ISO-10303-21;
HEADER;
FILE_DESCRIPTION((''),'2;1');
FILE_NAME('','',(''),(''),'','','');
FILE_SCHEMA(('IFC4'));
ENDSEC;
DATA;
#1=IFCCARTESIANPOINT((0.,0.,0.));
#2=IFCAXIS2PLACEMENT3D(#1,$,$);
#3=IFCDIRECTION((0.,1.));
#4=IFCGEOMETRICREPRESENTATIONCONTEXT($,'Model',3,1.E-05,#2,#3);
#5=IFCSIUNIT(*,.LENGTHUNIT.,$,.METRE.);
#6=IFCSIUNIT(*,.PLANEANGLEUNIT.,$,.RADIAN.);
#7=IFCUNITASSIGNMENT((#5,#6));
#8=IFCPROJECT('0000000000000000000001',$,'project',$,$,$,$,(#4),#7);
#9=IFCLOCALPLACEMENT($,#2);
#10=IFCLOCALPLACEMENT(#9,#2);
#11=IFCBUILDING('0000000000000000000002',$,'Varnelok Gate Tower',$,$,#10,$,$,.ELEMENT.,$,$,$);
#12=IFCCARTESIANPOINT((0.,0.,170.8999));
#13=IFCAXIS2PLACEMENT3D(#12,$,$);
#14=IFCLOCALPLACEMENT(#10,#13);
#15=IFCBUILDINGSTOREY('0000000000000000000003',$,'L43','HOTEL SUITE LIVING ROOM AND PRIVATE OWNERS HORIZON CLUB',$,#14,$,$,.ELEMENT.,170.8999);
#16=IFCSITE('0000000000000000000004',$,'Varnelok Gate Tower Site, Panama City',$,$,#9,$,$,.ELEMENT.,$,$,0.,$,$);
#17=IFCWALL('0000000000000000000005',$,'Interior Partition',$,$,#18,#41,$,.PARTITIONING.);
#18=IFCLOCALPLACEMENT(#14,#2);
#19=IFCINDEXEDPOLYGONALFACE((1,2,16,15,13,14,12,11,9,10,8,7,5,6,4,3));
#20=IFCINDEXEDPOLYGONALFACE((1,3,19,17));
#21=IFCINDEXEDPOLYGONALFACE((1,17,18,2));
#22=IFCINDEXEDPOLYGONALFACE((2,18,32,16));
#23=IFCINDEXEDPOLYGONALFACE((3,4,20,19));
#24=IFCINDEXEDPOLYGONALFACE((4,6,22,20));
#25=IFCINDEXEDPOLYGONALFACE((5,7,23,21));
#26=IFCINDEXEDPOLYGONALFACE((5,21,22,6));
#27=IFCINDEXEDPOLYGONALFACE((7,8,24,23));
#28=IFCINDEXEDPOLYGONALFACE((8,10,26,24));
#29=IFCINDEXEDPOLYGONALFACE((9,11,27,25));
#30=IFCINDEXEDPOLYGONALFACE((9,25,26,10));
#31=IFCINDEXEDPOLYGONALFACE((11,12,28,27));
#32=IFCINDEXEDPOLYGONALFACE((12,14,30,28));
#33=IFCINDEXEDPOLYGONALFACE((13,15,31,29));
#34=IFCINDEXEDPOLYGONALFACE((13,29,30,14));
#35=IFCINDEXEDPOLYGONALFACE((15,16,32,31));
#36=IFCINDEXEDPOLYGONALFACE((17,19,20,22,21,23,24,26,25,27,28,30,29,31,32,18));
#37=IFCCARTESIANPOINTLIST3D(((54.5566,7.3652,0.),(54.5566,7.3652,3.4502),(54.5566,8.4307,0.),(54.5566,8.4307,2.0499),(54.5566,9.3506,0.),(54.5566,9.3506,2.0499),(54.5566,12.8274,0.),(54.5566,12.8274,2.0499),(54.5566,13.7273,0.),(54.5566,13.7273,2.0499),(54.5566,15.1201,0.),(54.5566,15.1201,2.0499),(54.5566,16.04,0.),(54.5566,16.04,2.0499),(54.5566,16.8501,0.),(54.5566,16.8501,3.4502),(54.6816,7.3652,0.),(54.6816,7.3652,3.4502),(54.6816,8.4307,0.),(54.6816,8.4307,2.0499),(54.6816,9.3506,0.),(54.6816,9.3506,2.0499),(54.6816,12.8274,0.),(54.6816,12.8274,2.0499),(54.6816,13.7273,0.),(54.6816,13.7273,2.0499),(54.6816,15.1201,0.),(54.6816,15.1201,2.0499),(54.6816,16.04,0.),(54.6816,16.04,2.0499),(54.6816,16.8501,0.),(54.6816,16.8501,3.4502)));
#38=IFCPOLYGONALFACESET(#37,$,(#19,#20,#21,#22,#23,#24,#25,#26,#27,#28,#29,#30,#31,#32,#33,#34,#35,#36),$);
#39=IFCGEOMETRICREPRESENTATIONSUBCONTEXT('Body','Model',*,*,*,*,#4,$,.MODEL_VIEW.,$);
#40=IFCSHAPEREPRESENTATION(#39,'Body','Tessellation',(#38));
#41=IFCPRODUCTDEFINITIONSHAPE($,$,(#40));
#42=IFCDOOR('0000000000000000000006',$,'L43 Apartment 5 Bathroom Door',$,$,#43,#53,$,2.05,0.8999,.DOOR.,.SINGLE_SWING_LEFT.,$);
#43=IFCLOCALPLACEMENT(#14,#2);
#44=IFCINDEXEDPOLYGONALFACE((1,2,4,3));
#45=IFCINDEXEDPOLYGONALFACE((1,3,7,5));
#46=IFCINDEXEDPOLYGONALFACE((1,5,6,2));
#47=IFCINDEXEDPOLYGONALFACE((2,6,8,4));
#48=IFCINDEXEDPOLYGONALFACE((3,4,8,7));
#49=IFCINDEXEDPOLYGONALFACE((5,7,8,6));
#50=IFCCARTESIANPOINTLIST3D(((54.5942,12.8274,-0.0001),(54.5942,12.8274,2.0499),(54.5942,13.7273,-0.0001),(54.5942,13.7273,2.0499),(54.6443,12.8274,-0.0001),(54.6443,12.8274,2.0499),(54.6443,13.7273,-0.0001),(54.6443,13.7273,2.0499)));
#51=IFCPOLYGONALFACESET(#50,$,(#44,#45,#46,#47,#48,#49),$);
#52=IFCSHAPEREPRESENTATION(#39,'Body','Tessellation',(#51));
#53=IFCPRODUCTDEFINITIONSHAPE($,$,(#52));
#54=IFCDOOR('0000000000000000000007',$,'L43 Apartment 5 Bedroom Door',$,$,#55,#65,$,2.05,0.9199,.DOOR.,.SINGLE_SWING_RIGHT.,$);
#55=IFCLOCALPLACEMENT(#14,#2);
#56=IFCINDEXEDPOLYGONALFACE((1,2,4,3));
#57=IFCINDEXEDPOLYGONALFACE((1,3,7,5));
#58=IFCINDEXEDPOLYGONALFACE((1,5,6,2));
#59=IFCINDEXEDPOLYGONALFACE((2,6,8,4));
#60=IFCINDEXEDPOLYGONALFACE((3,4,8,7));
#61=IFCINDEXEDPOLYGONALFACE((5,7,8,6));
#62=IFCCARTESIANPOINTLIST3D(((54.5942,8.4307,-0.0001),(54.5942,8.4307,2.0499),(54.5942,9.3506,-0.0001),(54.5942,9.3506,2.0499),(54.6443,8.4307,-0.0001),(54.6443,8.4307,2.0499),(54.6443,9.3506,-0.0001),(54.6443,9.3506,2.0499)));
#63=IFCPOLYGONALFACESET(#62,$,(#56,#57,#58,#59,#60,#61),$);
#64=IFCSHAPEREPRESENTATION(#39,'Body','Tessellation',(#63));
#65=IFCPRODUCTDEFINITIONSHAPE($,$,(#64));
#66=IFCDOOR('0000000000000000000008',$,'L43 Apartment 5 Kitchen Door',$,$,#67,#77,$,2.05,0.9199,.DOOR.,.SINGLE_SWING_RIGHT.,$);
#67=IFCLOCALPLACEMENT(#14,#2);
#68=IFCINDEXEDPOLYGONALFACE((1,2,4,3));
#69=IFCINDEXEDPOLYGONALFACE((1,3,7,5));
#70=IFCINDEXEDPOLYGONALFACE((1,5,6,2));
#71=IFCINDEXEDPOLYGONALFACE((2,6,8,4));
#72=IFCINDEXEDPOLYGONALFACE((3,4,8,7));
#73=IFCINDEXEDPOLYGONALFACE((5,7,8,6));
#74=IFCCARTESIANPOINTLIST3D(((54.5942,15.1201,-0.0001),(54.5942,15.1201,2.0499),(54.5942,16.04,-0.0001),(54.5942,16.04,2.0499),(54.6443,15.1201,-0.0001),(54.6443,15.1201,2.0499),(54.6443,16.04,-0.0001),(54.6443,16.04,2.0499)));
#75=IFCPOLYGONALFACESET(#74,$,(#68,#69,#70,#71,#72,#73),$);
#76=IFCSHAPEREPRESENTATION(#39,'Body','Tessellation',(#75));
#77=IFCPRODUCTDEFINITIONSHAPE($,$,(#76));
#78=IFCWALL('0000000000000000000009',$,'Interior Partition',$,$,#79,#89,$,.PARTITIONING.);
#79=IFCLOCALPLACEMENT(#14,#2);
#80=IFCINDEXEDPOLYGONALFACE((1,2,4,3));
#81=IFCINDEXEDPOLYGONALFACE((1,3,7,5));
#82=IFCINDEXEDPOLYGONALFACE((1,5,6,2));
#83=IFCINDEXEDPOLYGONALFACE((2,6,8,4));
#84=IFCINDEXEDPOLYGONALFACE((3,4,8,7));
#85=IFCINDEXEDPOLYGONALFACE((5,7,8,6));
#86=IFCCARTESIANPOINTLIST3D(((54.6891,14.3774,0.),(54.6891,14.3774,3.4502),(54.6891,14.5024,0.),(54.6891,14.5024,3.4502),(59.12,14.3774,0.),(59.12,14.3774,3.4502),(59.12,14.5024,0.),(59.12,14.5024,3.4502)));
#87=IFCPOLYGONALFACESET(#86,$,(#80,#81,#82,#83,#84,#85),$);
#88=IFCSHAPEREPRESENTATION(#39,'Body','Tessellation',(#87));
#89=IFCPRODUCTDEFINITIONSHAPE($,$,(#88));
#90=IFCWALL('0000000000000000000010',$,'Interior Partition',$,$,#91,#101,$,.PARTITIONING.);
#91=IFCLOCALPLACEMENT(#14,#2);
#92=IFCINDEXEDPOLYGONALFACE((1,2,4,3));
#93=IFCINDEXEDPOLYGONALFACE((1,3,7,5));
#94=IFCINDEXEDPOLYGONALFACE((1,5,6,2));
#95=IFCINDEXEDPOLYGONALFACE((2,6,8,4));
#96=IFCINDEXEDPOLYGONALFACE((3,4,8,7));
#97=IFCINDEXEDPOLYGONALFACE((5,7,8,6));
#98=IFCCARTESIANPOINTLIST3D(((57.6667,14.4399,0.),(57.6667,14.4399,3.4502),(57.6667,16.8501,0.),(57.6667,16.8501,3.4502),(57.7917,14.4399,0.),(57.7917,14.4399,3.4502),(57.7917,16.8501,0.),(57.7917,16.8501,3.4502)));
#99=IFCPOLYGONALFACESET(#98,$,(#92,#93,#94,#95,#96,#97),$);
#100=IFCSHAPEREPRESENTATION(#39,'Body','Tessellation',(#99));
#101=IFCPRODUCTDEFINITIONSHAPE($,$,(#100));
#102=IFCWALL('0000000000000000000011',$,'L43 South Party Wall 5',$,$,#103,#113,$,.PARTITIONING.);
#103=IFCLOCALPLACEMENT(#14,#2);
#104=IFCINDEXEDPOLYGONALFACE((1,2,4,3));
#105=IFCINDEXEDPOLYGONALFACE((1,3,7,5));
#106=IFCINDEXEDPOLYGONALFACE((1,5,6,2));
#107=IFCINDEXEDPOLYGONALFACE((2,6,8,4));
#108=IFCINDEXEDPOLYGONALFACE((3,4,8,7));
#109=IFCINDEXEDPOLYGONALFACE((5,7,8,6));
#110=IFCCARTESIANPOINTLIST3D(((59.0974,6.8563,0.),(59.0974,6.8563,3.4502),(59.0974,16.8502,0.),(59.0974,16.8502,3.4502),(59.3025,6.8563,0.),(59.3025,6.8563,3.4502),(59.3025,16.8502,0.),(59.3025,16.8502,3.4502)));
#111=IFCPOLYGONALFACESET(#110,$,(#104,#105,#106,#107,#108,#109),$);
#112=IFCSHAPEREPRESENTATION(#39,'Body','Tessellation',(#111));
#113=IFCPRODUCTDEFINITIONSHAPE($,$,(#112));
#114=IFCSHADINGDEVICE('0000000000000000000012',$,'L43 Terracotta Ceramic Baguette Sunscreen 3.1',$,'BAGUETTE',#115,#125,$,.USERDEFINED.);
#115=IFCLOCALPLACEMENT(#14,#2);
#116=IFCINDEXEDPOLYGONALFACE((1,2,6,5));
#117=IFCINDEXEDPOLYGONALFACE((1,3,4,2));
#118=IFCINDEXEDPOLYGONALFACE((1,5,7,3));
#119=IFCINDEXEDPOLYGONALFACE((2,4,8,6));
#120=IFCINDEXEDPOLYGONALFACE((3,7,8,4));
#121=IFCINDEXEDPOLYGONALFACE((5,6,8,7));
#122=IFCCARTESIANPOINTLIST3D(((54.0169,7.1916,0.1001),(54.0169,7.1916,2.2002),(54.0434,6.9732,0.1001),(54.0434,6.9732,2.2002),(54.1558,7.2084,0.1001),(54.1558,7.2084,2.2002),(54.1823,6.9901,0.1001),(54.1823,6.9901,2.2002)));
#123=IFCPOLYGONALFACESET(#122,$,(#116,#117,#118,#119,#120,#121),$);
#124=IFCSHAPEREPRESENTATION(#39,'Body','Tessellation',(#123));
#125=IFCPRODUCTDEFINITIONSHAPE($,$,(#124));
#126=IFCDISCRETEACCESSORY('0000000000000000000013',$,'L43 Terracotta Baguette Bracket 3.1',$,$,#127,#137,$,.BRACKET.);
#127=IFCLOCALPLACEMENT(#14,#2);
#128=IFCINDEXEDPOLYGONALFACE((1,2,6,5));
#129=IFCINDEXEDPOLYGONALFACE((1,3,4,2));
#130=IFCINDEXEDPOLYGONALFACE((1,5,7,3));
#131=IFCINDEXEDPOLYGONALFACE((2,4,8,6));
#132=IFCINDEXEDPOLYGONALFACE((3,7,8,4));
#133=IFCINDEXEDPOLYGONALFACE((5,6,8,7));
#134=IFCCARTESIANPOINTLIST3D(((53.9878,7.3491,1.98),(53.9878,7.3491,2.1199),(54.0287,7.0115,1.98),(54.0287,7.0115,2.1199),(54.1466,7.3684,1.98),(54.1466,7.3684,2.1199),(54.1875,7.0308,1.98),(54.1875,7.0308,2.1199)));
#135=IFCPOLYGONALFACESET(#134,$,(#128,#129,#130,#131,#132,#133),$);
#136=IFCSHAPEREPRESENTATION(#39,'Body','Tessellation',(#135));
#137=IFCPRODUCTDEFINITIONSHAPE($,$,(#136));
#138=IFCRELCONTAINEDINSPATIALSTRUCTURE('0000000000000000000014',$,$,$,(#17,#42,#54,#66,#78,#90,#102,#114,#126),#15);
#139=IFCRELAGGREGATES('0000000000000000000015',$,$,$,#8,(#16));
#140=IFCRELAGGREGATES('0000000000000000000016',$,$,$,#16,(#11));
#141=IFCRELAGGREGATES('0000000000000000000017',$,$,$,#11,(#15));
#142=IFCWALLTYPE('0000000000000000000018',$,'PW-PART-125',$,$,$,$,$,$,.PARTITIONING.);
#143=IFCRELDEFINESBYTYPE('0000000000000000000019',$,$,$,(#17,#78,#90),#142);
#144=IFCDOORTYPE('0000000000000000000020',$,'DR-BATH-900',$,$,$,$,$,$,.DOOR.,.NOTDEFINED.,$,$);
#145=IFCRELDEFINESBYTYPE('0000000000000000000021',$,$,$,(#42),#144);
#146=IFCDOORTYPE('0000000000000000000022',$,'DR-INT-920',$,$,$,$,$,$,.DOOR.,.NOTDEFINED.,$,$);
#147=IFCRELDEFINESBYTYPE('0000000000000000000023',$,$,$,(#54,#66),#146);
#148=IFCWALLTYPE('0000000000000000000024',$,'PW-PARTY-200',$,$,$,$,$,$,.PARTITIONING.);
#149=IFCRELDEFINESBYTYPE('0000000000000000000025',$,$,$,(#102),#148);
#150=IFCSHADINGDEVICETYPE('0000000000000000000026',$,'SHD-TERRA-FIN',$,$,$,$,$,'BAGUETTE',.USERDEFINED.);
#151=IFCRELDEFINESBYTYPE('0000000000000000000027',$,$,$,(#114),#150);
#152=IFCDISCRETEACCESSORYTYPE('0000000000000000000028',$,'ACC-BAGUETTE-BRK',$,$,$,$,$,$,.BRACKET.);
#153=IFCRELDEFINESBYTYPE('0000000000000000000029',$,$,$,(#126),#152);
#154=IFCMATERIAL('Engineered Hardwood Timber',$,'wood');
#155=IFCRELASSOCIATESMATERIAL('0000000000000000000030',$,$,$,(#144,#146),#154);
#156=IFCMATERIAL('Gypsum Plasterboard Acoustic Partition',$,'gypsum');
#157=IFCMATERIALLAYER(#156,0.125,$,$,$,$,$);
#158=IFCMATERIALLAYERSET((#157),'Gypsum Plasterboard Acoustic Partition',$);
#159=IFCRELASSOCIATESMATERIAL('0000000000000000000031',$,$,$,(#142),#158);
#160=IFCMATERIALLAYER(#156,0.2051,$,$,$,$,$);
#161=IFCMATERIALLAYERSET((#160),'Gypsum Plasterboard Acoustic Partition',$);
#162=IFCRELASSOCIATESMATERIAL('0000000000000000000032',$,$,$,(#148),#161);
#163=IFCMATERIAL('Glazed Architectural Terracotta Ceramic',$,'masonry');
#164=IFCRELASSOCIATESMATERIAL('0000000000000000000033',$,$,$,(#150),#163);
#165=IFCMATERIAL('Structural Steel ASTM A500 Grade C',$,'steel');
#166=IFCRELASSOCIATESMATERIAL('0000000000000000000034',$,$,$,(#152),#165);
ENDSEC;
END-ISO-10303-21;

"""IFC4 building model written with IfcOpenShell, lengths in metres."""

from ifc_helpers import new_model, si_unit, direction, frame, frame_2d, origin, origin_2d, place, context, subcontext, project, spatial, rectangle, extrude, source, transform, mapped, material, layer, layer_set, type_object, element, fill, save


model = new_model("IFC4")

# Units and contexts
model_context = context("Model", 3, precision=1e-05, world=origin(), true_north=direction((0.0, 1.0)))
body_context = subcontext(model_context, "Body", "Model", "MODEL_VIEW")
ifc_project = project(units=[si_unit("LENGTHUNIT", "METRE"), si_unit("PLANEANGLEUNIT", "RADIAN")], contexts=[model_context])

# Site, building, storey
site_placement = place(None, origin())
site = spatial("IfcSite", under=ifc_project, at=site_placement, Name="Varnelok Gate Tower Site, Panama City", CompositionType="ELEMENT", RefElevation=0.0)
building_placement = place(site_placement, origin())
building = spatial("IfcBuilding", under=site, at=building_placement, Name="Varnelok Gate Tower", CompositionType="ELEMENT")
storey_placement = place(building_placement, frame((0.0, 0.0, 170.8999)))
storey = spatial("IfcBuildingStorey", under=building, at=storey_placement, Name="L43", Description="HOTEL SUITE LIVING ROOM AND PRIVATE OWNERS HORIZON CLUB", CompositionType="ELEMENT", Elevation=170.8999)

# Shared definitions
ifc_material_1 = material(Name="Gypsum Plasterboard Acoustic Partition", Category="gypsum")
ifc_material_2 = material(Name="Engineered Hardwood Timber", Category="wood")

# Shared definitions
door_type_1 = type_object("IfcDoorType", Name="DR-BATH-900", OperationType="NOTDEFINED", PredefinedType="DOOR", material=ifc_material_2)

# Wall, openings, doors
ifc_layer_1 = layer(ifc_material_1, 0.125)
ifc_layer_set_1 = layer_set([ifc_layer_1], Name="Gypsum Plasterboard Acoustic Partition")
wall_type_1 = type_object("IfcWallType", Name="PW-PART-125", PredefinedType="PARTITIONING", material=ifc_layer_set_1)
wall_1_placement = place(storey_placement, frame((54.6191, 7.3652, 0.0), z_axis=(0.0, 0.0, 1.0), x_axis=(0.0, 1.0, 0.0)))
wall_1 = element("IfcWall", 1, at=wall_1_placement, inside=storey, type_object=wall_type_1, Name="Interior Partition", PredefinedType="PARTITIONING", context=body_context, shape_type="SweptSolid", body=[
    extrude(rectangle(XDim=9.4849, YDim=0.125, at=frame_2d((4.7424, 0.0))), origin(), (0.0, 0.0, 1.0), 3.4502),
])
opening_1_placement = place(wall_1_placement, frame((1.0654, 0.0, 0.0)))
opening_1 = element("IfcOpeningElement", 2, at=opening_1_placement, cuts=wall_1, PredefinedType="OPENING", context=body_context, shape_type="SweptSolid", body=[
    extrude(rectangle(XDim=0.9199, YDim=2.05, at=frame_2d((0.46, 1.0249))), frame((0.0, 0.0725, 0.0), z_axis=(0.0, -1.0, 0.0), x_axis=(1.0, 0.0, 0.0)), (0.0, 0.0, 1.0), 0.145),
])
opening_2_placement = place(wall_1_placement, frame((5.4622, 0.0, 0.0)))
opening_2 = element("IfcOpeningElement", 3, at=opening_2_placement, cuts=wall_1, PredefinedType="OPENING", context=body_context, shape_type="SweptSolid", body=[
    extrude(rectangle(XDim=0.8999, YDim=2.05, at=frame_2d((0.45, 1.0249))), frame((0.0, 0.0725, 0.0), z_axis=(0.0, -1.0, 0.0), x_axis=(1.0, 0.0, 0.0)), (0.0, 0.0, 1.0), 0.145),
])
opening_3_placement = place(wall_1_placement, frame((7.7549, 0.0, 0.0)))
opening_3 = element("IfcOpeningElement", 4, at=opening_3_placement, cuts=wall_1, PredefinedType="OPENING", context=body_context, shape_type="SweptSolid", body=[
    extrude(rectangle(XDim=0.9199, YDim=2.05, at=frame_2d((0.46, 1.0249))), frame((0.0, 0.0725, 0.0), z_axis=(0.0, -1.0, 0.0), x_axis=(1.0, 0.0, 0.0)), (0.0, 0.0, 1.0), 0.145),
])
door_1_placement = place(opening_2_placement, origin())
door_1 = element("IfcDoor", 5, at=door_1_placement, inside=storey, type_object=door_type_1, Name="L43 Apartment 5 Bathroom Door", OperationType="SINGLE_SWING_LEFT", OverallHeight=2.05, OverallWidth=0.8999, PredefinedType="DOOR", context=body_context, shape_type="SweptSolid", body=[
    extrude(rectangle(XDim=0.8999, YDim=2.05, at=frame_2d((0.45, 1.0249))), frame((0.0, 0.0249, 0.0), z_axis=(0.0, -1.0, 0.0), x_axis=(1.0, 0.0, 0.0)), (0.0, 0.0, 1.0), 0.05),
])
fill(opening_2, door_1)
door_type_2 = type_object("IfcDoorType", Name="DR-INT-920", OperationType="NOTDEFINED", PredefinedType="DOOR", material=ifc_material_2)
door_2_placement = place(opening_1_placement, origin())
door_2 = element("IfcDoor", 6, at=door_2_placement, inside=storey, type_object=door_type_2, Name="L43 Apartment 5 Bedroom Door", OperationType="SINGLE_SWING_RIGHT", OverallHeight=2.05, OverallWidth=0.9199, PredefinedType="DOOR", context=body_context, shape_type="SweptSolid", body=[
    extrude(rectangle(XDim=0.9199, YDim=2.05, at=frame_2d((0.46, 1.0249))), frame((0.0, 0.0249, 0.0), z_axis=(0.0, -1.0, 0.0), x_axis=(1.0, 0.0, 0.0)), (0.0, 0.0, 1.0), 0.05),
])
fill(opening_1, door_2)
door_3_placement = place(opening_3_placement, origin())
door_3 = element("IfcDoor", 7, at=door_3_placement, inside=storey, type_object=door_type_2, Name="L43 Apartment 5 Kitchen Door", OperationType="SINGLE_SWING_RIGHT", OverallHeight=2.05, OverallWidth=0.9199, PredefinedType="DOOR", context=body_context, shape_type="SweptSolid", body=[
    extrude(rectangle(XDim=0.9199, YDim=2.05, at=frame_2d((0.46, 1.0249))), frame((0.0, 0.0249, 0.0), z_axis=(0.0, -1.0, 0.0), x_axis=(1.0, 0.0, 0.0)), (0.0, 0.0, 1.0), 0.05),
])
fill(opening_3, door_3)

# Walls
wall_2_placement = place(storey_placement, frame((54.6892, 14.4399, 0.0), z_axis=(0.0, 0.0, 1.0), x_axis=(1.0, 0.0, 0.0)))
element("IfcWall", 8, at=wall_2_placement, inside=storey, type_object=wall_type_1, Name="Interior Partition", PredefinedType="PARTITIONING", context=body_context, shape_type="SweptSolid", body=[
    extrude(rectangle(XDim=4.4309, YDim=0.125, at=frame_2d((2.2153, 0.0))), origin(), (0.0, 0.0, 1.0), 3.4502),
])
wall_3_placement = place(storey_placement, frame((57.7292, 14.4399, 0.0), z_axis=(0.0, 0.0, 1.0), x_axis=(0.0, 1.0, 0.0)))
element("IfcWall", 9, at=wall_3_placement, inside=storey, type_object=wall_type_1, Name="Interior Partition", PredefinedType="PARTITIONING", context=body_context, shape_type="SweptSolid", body=[
    extrude(rectangle(XDim=2.4102, YDim=0.125, at=frame_2d((1.2051, 0.0))), origin(), (0.0, 0.0, 1.0), 3.4502),
])
ifc_layer_2 = layer(ifc_material_1, 0.2051)
ifc_layer_set_2 = layer_set([ifc_layer_2], Name="Gypsum Plasterboard Acoustic Partition")
wall_type_2 = type_object("IfcWallType", Name="PW-PARTY-200", PredefinedType="PARTITIONING", material=ifc_layer_set_2)
wall_4_placement = place(storey_placement, frame((59.2, 6.8562, 0.0), z_axis=(0.0, 0.0, 1.0), x_axis=(0.0, 1.0, 0.0)))
element("IfcWall", 10, at=wall_4_placement, inside=storey, type_object=wall_type_2, Name="L43 South Party Wall 5", PredefinedType="PARTITIONING", context=body_context, shape_type="SweptSolid", body=[
    extrude(rectangle(XDim=9.9939, YDim=0.2051, at=frame_2d((4.9971, 0.0))), origin(), (0.0, 0.0, 1.0), 3.4502),
])

# Shading device
ifc_material_3 = material(Name="Glazed Architectural Terracotta Ceramic", Category="masonry")
shading_device_type = type_object("IfcShadingDeviceType", Name="SHD-TERRA-FIN", ElementType="BAGUETTE", PredefinedType="USERDEFINED", material=ifc_material_3)
shared_shape_1 = source(origin(), body_context, "Body", "SweptSolid", [
    extrude(rectangle(XDim=0.1399, YDim=0.22, at=origin_2d()), origin(), (0.0, 0.0, 1.0), 2.1001),
])
shading_device_placement = place(storey_placement, frame((54.0996, 7.0908, 0.1001), z_axis=(0.0, 0.0, 1.0), x_axis=(0.992732, 0.120345, 0.0)))
element("IfcShadingDevice", 11, at=shading_device_placement, inside=storey, type_object=shading_device_type, Name="L43 Terracotta Ceramic Baguette Sunscreen 3.1", ObjectType="BAGUETTE", PredefinedType="USERDEFINED", context=body_context, shape_type="MappedRepresentation", body=[
    mapped(shared_shape_1, transform((0.0, 0.0, 0.0), scale=1.0)),
])

# Discrete accessory
ifc_material_4 = material(Name="Structural Steel ASTM A500 Grade C", Category="steel")
discrete_accessory_type = type_object("IfcDiscreteAccessoryType", Name="ACC-BAGUETTE-BRK", PredefinedType="BRACKET", material=ifc_material_4)
shared_shape_2 = source(origin(), body_context, "Body", "SweptSolid", [
    extrude(rectangle(XDim=0.1599, YDim=0.3401, at=origin_2d()), origin(), (0.0, 0.0, 1.0), 0.1399),
])
discrete_accessory_placement = place(storey_placement, frame((54.0876, 7.1899, 1.98), z_axis=(0.0, 0.0, 1.0), x_axis=(0.992732, 0.120345, 0.0)))
element("IfcDiscreteAccessory", 12, at=discrete_accessory_placement, inside=storey, type_object=discrete_accessory_type, Name="L43 Terracotta Baguette Bracket 3.1", PredefinedType="BRACKET", context=body_context, shape_type="MappedRepresentation", body=[
    mapped(shared_shape_2, transform((0.0, 0.0, 0.0), scale=1.0)),
])

save(model, "model.ifc")
